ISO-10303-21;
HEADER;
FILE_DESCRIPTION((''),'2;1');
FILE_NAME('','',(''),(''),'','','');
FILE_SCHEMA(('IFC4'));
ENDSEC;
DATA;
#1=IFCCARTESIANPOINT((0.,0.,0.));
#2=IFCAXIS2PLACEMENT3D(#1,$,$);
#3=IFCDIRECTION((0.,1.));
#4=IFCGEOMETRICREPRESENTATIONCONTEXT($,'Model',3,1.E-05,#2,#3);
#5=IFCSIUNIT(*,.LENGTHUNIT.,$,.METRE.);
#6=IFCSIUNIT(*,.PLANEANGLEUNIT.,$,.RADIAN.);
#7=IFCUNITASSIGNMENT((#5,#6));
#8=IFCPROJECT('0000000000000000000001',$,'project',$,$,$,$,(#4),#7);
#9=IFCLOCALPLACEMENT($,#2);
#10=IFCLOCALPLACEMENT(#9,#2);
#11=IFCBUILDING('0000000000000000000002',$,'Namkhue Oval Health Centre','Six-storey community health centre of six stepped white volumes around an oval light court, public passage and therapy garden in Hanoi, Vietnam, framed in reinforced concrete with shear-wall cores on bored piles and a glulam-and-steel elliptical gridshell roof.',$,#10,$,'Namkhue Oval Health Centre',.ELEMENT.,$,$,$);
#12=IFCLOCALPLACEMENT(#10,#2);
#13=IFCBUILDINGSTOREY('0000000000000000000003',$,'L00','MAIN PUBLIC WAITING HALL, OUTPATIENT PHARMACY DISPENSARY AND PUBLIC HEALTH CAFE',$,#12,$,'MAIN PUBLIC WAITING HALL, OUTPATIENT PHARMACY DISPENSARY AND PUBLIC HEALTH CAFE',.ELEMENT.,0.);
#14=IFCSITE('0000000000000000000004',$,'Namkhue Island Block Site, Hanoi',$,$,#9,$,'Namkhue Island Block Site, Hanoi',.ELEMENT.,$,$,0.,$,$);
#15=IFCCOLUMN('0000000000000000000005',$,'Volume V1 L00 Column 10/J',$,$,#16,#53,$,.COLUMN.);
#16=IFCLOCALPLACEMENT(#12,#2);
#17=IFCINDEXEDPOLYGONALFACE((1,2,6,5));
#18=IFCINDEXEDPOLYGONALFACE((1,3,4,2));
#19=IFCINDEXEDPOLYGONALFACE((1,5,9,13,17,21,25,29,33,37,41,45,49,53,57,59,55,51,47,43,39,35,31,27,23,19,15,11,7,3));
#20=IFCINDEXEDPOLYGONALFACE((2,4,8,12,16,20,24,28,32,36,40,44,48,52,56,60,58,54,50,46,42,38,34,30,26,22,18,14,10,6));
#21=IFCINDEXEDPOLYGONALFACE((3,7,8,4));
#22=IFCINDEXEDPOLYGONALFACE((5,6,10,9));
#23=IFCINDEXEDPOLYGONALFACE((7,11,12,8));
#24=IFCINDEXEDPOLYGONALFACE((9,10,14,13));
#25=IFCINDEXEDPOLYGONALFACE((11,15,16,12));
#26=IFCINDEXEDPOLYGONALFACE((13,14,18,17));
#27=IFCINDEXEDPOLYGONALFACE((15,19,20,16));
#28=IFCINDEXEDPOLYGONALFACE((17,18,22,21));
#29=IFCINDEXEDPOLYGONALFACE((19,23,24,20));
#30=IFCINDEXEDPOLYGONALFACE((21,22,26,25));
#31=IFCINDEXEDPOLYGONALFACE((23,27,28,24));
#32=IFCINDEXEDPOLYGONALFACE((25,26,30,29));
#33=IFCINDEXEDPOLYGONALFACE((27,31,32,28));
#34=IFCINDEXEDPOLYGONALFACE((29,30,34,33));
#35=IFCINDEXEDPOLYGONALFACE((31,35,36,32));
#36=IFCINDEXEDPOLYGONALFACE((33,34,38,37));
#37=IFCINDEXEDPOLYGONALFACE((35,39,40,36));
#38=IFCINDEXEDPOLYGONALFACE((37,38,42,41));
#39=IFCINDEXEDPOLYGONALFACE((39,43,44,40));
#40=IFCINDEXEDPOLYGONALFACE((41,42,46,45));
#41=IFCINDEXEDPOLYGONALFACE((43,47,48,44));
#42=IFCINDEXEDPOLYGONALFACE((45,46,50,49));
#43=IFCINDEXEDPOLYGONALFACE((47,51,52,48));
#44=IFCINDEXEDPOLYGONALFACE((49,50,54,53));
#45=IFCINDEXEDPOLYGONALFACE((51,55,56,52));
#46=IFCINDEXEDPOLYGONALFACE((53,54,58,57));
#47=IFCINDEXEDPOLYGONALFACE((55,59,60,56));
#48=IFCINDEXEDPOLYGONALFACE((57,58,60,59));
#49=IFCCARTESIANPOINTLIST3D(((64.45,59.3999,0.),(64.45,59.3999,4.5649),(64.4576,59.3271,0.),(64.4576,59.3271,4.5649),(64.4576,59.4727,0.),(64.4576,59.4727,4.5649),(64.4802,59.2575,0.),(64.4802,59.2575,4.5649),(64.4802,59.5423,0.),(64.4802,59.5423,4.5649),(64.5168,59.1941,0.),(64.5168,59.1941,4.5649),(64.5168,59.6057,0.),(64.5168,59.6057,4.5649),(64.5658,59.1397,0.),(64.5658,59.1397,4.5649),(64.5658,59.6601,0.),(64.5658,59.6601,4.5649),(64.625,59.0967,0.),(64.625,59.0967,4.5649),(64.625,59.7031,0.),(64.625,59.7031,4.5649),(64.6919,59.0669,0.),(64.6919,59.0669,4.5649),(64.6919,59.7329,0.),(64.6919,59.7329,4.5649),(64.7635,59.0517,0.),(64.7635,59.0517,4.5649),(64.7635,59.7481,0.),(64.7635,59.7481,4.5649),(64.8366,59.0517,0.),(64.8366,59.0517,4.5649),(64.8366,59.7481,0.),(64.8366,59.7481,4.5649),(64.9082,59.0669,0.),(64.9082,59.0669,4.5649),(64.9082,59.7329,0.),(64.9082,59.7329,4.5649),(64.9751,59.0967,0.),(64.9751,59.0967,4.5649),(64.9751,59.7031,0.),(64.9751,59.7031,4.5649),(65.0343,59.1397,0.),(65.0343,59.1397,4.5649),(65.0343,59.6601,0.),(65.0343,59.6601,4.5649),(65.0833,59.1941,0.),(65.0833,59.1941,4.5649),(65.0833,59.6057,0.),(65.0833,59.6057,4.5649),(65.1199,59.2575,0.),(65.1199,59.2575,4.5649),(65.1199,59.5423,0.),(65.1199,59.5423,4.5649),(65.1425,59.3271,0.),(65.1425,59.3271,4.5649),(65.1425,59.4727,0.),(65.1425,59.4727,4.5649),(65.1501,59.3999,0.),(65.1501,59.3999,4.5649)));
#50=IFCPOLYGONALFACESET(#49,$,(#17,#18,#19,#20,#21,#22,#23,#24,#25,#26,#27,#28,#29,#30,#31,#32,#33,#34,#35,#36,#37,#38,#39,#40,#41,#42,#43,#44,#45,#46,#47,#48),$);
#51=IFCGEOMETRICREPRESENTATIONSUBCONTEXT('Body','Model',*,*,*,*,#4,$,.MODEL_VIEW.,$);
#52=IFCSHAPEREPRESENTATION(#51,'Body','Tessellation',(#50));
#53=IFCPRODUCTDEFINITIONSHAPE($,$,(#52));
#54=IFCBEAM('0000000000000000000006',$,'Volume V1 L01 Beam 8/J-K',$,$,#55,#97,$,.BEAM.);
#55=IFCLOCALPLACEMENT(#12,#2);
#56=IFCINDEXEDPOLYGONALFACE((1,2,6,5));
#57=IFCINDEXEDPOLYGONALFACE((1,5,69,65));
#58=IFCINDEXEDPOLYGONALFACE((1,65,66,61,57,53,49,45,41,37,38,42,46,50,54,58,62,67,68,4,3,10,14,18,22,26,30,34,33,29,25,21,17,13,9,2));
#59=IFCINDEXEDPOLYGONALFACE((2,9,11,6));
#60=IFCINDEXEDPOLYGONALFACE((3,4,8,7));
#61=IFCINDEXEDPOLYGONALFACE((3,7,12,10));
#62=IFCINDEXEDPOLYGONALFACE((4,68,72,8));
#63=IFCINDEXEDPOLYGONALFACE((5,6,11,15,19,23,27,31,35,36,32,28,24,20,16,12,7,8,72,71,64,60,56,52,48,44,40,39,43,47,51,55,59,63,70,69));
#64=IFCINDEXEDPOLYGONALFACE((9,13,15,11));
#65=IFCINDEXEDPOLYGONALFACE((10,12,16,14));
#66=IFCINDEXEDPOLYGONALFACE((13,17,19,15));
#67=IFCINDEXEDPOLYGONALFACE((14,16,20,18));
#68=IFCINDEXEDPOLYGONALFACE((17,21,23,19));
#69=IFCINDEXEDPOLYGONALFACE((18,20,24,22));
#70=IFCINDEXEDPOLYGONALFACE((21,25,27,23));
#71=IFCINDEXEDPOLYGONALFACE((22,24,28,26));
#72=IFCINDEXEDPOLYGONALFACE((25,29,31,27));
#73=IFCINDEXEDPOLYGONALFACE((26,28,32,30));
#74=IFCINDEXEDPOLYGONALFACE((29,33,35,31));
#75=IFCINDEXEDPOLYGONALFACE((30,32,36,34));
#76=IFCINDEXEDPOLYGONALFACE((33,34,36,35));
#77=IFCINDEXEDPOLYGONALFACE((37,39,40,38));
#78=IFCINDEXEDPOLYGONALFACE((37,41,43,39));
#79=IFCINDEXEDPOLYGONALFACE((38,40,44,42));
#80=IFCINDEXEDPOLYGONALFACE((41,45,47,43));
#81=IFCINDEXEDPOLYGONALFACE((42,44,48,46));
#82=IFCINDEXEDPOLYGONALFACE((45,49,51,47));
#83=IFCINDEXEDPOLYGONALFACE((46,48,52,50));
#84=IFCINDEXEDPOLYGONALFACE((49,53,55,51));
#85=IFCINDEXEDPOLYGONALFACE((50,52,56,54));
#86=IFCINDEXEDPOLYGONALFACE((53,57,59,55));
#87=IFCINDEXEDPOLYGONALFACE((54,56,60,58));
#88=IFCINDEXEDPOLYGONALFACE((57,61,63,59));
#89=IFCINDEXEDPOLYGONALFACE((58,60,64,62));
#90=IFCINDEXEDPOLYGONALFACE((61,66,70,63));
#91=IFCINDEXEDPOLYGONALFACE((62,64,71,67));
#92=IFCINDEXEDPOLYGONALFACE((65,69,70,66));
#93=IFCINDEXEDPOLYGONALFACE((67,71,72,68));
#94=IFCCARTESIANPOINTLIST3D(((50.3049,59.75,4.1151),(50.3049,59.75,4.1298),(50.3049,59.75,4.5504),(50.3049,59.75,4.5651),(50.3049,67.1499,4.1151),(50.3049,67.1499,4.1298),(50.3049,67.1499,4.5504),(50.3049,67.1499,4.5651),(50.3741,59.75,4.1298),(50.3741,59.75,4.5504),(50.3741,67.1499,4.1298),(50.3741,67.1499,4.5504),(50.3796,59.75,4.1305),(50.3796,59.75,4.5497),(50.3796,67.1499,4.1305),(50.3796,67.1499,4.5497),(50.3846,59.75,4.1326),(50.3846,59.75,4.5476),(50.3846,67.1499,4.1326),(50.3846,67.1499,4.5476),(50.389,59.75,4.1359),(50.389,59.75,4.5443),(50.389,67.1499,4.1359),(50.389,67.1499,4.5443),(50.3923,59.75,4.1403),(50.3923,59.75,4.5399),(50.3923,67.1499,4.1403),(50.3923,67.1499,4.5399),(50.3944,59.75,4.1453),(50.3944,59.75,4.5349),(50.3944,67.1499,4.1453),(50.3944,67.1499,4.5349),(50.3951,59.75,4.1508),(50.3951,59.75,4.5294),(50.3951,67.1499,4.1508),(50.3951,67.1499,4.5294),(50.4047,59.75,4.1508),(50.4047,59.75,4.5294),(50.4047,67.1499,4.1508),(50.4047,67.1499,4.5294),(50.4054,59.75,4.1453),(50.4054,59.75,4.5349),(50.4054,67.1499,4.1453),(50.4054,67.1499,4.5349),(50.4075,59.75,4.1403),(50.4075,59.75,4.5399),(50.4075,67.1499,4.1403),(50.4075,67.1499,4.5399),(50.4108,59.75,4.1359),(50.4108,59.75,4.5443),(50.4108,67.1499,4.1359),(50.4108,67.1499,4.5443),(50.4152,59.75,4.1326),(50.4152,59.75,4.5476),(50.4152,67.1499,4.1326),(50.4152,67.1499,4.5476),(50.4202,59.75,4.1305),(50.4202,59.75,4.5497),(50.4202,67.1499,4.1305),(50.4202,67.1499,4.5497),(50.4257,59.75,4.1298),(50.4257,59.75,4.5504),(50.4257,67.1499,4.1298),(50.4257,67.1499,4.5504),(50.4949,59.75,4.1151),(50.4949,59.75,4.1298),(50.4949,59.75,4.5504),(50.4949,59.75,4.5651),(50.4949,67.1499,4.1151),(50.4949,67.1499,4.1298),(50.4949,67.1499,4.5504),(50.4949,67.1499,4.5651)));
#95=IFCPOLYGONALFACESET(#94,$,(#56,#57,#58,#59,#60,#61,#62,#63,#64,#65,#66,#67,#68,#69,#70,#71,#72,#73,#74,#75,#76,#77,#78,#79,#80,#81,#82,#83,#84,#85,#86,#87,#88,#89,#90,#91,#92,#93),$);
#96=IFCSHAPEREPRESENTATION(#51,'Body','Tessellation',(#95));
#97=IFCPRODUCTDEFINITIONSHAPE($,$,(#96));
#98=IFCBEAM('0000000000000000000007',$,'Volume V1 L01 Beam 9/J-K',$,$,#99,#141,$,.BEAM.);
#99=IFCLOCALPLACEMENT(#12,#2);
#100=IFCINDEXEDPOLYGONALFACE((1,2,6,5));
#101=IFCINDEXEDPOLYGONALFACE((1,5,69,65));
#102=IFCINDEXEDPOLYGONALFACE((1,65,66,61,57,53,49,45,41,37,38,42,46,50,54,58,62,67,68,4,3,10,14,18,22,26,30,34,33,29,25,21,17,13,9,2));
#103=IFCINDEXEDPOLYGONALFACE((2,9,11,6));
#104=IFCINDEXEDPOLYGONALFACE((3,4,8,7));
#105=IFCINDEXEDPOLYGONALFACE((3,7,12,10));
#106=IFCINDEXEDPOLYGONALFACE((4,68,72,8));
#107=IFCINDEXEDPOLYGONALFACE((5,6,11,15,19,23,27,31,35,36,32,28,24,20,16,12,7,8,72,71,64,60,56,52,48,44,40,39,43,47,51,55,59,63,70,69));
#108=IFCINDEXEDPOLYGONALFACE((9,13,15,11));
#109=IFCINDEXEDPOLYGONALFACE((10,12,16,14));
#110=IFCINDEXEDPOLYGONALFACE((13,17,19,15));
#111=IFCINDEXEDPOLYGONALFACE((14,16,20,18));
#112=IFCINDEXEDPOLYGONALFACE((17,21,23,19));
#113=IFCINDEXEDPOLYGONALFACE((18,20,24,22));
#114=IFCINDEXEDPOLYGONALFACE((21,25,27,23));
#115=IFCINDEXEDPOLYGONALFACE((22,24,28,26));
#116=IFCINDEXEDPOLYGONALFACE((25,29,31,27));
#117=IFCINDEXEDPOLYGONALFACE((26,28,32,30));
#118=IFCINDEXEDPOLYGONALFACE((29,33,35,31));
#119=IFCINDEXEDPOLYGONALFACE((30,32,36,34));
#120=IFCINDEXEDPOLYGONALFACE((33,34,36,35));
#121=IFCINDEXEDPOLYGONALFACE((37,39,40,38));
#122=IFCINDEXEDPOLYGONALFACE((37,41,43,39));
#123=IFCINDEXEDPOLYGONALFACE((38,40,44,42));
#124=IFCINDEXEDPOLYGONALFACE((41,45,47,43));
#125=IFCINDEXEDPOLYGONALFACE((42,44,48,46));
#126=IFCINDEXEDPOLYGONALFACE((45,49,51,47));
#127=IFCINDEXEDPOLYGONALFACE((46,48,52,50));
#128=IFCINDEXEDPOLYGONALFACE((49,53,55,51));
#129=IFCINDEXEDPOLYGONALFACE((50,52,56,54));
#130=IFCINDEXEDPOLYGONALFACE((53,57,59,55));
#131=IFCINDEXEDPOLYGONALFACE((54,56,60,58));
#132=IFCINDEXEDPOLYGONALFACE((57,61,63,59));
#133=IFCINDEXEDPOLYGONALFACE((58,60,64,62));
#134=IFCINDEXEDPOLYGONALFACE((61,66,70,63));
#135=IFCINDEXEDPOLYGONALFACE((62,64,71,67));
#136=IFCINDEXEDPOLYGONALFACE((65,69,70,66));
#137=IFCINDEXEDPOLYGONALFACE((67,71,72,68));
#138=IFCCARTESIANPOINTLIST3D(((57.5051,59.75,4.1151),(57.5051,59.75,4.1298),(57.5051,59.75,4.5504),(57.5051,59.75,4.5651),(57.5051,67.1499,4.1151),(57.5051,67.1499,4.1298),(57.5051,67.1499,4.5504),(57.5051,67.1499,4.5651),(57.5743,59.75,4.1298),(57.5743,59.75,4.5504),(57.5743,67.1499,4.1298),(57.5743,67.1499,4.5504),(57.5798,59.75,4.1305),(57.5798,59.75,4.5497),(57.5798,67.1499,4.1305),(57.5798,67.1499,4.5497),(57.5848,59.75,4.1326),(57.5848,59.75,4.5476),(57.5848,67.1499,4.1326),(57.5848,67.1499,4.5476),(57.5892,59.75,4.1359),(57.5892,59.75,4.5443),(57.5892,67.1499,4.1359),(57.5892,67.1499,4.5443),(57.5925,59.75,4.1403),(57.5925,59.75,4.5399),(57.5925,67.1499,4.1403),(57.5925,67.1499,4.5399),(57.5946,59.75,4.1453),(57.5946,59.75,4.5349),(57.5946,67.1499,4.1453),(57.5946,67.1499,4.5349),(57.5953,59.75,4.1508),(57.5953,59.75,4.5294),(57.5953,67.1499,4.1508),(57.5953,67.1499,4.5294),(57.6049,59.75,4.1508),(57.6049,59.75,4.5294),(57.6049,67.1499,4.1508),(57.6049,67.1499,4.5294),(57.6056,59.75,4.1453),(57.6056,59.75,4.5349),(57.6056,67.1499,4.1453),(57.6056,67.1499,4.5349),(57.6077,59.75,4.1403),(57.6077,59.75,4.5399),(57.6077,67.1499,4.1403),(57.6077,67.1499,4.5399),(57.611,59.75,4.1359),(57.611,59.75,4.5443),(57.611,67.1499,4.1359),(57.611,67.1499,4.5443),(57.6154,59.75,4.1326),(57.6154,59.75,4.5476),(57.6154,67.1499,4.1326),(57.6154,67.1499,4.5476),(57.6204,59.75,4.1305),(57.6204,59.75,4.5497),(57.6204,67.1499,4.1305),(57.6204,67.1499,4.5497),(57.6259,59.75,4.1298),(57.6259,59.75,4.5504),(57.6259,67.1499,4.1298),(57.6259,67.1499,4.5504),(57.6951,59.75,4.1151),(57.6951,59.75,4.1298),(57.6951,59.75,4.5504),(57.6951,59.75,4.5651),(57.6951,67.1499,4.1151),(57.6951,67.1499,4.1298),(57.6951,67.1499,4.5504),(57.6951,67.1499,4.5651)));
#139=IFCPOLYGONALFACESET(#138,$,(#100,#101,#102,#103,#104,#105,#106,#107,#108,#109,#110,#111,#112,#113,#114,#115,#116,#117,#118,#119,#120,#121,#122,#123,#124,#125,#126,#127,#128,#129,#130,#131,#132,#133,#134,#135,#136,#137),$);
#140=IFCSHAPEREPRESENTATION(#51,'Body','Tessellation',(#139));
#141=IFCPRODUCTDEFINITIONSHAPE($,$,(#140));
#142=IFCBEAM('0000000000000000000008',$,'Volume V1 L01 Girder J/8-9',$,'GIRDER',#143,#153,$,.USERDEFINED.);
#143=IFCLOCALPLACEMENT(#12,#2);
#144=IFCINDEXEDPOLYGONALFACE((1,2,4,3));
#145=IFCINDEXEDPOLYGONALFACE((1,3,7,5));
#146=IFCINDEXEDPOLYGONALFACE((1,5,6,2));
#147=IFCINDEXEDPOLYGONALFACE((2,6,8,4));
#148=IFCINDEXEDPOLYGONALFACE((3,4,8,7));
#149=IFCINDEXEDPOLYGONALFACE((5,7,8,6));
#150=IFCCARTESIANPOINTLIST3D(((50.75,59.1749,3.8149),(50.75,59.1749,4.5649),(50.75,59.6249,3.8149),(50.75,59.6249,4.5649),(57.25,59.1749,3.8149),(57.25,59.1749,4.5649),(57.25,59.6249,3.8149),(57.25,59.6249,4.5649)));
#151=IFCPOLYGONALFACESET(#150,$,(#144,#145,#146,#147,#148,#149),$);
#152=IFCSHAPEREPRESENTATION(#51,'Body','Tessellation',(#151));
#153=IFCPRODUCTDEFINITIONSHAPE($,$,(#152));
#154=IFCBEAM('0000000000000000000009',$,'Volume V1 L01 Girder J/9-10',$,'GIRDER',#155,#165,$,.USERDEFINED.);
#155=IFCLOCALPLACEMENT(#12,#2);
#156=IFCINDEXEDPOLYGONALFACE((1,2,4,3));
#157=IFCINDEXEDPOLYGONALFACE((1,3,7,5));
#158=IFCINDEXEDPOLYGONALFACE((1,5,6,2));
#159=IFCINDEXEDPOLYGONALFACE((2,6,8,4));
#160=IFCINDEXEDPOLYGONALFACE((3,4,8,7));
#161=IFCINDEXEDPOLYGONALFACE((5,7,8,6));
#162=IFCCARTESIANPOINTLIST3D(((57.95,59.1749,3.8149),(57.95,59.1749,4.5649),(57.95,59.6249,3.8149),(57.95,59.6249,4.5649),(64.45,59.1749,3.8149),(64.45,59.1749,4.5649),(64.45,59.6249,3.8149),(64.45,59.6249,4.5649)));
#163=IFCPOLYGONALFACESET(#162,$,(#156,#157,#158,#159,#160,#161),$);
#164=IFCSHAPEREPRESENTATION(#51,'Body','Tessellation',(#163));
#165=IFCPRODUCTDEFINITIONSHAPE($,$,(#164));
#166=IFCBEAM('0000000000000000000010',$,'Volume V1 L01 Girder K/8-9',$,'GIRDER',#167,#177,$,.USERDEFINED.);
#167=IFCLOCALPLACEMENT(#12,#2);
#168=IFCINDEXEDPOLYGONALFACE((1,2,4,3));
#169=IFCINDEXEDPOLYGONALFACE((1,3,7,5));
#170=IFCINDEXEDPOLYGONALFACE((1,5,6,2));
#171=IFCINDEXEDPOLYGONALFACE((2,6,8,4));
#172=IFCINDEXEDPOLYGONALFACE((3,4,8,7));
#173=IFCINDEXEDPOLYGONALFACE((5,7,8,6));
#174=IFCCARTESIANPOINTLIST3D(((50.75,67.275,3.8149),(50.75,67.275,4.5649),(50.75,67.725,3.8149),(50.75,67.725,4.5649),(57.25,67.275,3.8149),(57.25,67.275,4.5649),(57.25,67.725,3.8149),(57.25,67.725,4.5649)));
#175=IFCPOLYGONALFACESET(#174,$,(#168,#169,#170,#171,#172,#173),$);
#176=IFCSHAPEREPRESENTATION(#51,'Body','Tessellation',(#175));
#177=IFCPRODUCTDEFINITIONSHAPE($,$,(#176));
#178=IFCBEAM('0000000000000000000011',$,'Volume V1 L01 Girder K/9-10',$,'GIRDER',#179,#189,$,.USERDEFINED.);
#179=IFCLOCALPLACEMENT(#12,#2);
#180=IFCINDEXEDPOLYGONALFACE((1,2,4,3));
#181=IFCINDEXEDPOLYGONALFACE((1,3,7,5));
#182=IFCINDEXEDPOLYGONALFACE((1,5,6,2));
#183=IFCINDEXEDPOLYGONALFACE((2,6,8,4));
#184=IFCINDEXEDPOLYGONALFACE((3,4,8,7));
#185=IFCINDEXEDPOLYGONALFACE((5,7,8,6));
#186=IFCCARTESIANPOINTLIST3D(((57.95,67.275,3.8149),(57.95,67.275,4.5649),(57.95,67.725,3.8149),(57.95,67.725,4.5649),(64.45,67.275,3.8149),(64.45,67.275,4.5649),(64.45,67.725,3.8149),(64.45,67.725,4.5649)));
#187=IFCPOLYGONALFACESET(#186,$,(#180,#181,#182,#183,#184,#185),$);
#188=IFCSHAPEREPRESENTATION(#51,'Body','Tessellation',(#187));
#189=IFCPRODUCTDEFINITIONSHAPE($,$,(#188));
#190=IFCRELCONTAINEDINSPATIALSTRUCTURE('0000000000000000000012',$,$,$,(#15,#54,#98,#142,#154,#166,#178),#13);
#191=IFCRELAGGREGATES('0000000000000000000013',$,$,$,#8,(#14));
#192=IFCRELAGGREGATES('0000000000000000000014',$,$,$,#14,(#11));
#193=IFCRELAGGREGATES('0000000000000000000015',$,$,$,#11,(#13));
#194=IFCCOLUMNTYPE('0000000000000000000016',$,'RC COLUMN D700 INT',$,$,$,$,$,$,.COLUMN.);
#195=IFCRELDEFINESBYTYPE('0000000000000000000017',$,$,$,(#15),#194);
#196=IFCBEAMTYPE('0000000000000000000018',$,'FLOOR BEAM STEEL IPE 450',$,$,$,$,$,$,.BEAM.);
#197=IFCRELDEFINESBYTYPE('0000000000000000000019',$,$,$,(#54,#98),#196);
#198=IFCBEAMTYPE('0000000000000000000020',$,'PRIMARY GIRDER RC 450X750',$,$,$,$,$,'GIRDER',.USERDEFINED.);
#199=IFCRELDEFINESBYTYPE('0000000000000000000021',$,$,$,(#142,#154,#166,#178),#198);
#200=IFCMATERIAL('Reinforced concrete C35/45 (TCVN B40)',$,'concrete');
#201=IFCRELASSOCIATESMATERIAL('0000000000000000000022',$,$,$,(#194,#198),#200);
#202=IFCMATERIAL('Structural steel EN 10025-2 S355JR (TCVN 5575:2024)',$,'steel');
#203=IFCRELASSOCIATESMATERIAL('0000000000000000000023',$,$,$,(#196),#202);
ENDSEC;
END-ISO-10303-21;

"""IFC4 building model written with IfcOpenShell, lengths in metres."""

from ifc_helpers import new_model, si_unit, direction, frame, origin, origin_2d, place, context, subcontext, project, spatial, rectangle, circle, i_section, extrude, material, material_profile, profile_set, type_object, element, save


model = new_model("IFC4")

# Units and contexts
model_context = context("Model", 3, precision=1e-05, world=origin(), true_north=direction((0.0, 1.0)))
body_context = subcontext(model_context, "Body", "Model", "MODEL_VIEW")
ifc_project = project(units=[si_unit("LENGTHUNIT", "METRE"), si_unit("PLANEANGLEUNIT", "RADIAN")], contexts=[model_context])

# Site, building, storey
site_placement = place(None, origin())
site = spatial("IfcSite", under=ifc_project, at=site_placement, Name="Namkhue Island Block Site, Hanoi", LongName="Namkhue Island Block Site, Hanoi", CompositionType="ELEMENT", RefElevation=0.0)
building_placement = place(site_placement, origin())
building = spatial("IfcBuilding", under=site, at=building_placement, Name="Namkhue Oval Health Centre", Description="Six-storey community health centre of six stepped white volumes around an oval light court, public passage and therapy garden in Hanoi, Vietnam, framed in reinforced concrete with shear-wall cores on bored piles and a glulam-and-steel elliptical gridshell roof.", LongName="Namkhue Oval Health Centre", CompositionType="ELEMENT")
storey_placement = place(building_placement, origin())
storey = spatial("IfcBuildingStorey", under=building, at=storey_placement, Name="L00", Description="MAIN PUBLIC WAITING HALL, OUTPATIENT PHARMACY DISPENSARY AND PUBLIC HEALTH CAFE", LongName="MAIN PUBLIC WAITING HALL, OUTPATIENT PHARMACY DISPENSARY AND PUBLIC HEALTH CAFE", CompositionType="ELEMENT", Elevation=0.0)

# Column
ifc_material_1 = material(Name="Reinforced concrete C35/45 (TCVN B40)", Category="concrete")
ifc_material_profile_1 = material_profile(ifc_material_1, circle(Radius=0.3501, at=origin_2d()), Name="RC D700")
ifc_profile_set_1 = profile_set([ifc_material_profile_1], Name="Reinforced concrete C35/45 (TCVN B40)")
column_type = type_object("IfcColumnType", Name="RC COLUMN D700 INT", PredefinedType="COLUMN", material=ifc_profile_set_1)
for number, where, z_axis, x_axis, name in (
    (1, (64.8, 59.3999, 0.0), (0.0, 0.0, 1.0), (1.0, 0.0, 0.0), "Volume V1 L00 Column 10/J"),
):
    element("IfcColumn", number, at=place(storey_placement, frame(where, z_axis=z_axis, x_axis=x_axis)), inside=storey, type_object=column_type, Name=name, PredefinedType="COLUMN", context=body_context, shape_type="SweptSolid", body=[
        extrude(circle(Radius=0.3501, at=origin_2d()), origin(), (0.0, 0.0, 1.0), 4.5649),
    ])

# Beams
ifc_material_2 = material(Name="Structural steel EN 10025-2 S355JR (TCVN 5575:2024)", Category="steel")
ifc_material_profile_2 = material_profile(ifc_material_2, i_section(OverallWidth=0.1899, OverallDepth=0.45, WebThickness=0.0095, FlangeThickness=0.0146, FilletRadius=0.021, at=origin_2d()), Name="IPE 450")
ifc_profile_set_2 = profile_set([ifc_material_profile_2], Name="Structural steel EN 10025-2 S355JR (TCVN 5575:2024)")
beam_type_1 = type_object("IfcBeamType", Name="FLOOR BEAM STEEL IPE 450", PredefinedType="BEAM", material=ifc_profile_set_2)
for number, where, z_axis, x_axis, name in (
    (2, (50.3999, 59.75, 4.3401), (0.0, 1.0, 0.0), (-1.0, 0.0, 0.0), "Volume V1 L01 Beam 8/J-K"),
    (3, (57.6001, 59.75, 4.3401), (0.0, 1.0, 0.0), (-1.0, 0.0, 0.0), "Volume V1 L01 Beam 9/J-K"),
):
    element("IfcBeam", number, at=place(storey_placement, frame(where, z_axis=z_axis, x_axis=x_axis)), inside=storey, type_object=beam_type_1, Name=name, PredefinedType="BEAM", context=body_context, shape_type="SweptSolid", body=[
        extrude(i_section(OverallWidth=0.1899, OverallDepth=0.45, WebThickness=0.0095, FlangeThickness=0.0146, FilletRadius=0.021, at=origin_2d()), origin(), (0.0, 0.0, 1.0), 7.3999),
    ])
ifc_material_profile_3 = material_profile(ifc_material_1, rectangle(XDim=0.45, YDim=0.75, at=origin_2d()), Name="RC 450x750")
ifc_profile_set_3 = profile_set([ifc_material_profile_3], Name="Reinforced concrete C35/45 (TCVN B40)")
beam_type_2 = type_object("IfcBeamType", Name="PRIMARY GIRDER RC 450X750", ElementType="GIRDER", PredefinedType="USERDEFINED", material=ifc_profile_set_3)
for number, where, z_axis, x_axis, name in (
    (4, (50.75, 59.3999, 4.1899), (1.0, 0.0, 0.0), (0.0, 1.0, 0.0), "Volume V1 L01 Girder J/8-9"),
    (5, (57.95, 59.3999, 4.1899), (1.0, 0.0, 0.0), (0.0, 1.0, 0.0), "Volume V1 L01 Girder J/9-10"),
    (6, (50.75, 67.5, 4.1899), (1.0, 0.0, 0.0), (0.0, 1.0, 0.0), "Volume V1 L01 Girder K/8-9"),
    (7, (57.95, 67.5, 4.1899), (1.0, 0.0, 0.0), (0.0, 1.0, 0.0), "Volume V1 L01 Girder K/9-10"),
):
    element("IfcBeam", number, at=place(storey_placement, frame(where, z_axis=z_axis, x_axis=x_axis)), inside=storey, type_object=beam_type_2, Name=name, ObjectType="GIRDER", PredefinedType="USERDEFINED", context=body_context, shape_type="SweptSolid", body=[
        extrude(rectangle(XDim=0.45, YDim=0.75, at=origin_2d()), origin(), (0.0, 0.0, 1.0), 6.5),
    ])

save(model, "model.ifc")
